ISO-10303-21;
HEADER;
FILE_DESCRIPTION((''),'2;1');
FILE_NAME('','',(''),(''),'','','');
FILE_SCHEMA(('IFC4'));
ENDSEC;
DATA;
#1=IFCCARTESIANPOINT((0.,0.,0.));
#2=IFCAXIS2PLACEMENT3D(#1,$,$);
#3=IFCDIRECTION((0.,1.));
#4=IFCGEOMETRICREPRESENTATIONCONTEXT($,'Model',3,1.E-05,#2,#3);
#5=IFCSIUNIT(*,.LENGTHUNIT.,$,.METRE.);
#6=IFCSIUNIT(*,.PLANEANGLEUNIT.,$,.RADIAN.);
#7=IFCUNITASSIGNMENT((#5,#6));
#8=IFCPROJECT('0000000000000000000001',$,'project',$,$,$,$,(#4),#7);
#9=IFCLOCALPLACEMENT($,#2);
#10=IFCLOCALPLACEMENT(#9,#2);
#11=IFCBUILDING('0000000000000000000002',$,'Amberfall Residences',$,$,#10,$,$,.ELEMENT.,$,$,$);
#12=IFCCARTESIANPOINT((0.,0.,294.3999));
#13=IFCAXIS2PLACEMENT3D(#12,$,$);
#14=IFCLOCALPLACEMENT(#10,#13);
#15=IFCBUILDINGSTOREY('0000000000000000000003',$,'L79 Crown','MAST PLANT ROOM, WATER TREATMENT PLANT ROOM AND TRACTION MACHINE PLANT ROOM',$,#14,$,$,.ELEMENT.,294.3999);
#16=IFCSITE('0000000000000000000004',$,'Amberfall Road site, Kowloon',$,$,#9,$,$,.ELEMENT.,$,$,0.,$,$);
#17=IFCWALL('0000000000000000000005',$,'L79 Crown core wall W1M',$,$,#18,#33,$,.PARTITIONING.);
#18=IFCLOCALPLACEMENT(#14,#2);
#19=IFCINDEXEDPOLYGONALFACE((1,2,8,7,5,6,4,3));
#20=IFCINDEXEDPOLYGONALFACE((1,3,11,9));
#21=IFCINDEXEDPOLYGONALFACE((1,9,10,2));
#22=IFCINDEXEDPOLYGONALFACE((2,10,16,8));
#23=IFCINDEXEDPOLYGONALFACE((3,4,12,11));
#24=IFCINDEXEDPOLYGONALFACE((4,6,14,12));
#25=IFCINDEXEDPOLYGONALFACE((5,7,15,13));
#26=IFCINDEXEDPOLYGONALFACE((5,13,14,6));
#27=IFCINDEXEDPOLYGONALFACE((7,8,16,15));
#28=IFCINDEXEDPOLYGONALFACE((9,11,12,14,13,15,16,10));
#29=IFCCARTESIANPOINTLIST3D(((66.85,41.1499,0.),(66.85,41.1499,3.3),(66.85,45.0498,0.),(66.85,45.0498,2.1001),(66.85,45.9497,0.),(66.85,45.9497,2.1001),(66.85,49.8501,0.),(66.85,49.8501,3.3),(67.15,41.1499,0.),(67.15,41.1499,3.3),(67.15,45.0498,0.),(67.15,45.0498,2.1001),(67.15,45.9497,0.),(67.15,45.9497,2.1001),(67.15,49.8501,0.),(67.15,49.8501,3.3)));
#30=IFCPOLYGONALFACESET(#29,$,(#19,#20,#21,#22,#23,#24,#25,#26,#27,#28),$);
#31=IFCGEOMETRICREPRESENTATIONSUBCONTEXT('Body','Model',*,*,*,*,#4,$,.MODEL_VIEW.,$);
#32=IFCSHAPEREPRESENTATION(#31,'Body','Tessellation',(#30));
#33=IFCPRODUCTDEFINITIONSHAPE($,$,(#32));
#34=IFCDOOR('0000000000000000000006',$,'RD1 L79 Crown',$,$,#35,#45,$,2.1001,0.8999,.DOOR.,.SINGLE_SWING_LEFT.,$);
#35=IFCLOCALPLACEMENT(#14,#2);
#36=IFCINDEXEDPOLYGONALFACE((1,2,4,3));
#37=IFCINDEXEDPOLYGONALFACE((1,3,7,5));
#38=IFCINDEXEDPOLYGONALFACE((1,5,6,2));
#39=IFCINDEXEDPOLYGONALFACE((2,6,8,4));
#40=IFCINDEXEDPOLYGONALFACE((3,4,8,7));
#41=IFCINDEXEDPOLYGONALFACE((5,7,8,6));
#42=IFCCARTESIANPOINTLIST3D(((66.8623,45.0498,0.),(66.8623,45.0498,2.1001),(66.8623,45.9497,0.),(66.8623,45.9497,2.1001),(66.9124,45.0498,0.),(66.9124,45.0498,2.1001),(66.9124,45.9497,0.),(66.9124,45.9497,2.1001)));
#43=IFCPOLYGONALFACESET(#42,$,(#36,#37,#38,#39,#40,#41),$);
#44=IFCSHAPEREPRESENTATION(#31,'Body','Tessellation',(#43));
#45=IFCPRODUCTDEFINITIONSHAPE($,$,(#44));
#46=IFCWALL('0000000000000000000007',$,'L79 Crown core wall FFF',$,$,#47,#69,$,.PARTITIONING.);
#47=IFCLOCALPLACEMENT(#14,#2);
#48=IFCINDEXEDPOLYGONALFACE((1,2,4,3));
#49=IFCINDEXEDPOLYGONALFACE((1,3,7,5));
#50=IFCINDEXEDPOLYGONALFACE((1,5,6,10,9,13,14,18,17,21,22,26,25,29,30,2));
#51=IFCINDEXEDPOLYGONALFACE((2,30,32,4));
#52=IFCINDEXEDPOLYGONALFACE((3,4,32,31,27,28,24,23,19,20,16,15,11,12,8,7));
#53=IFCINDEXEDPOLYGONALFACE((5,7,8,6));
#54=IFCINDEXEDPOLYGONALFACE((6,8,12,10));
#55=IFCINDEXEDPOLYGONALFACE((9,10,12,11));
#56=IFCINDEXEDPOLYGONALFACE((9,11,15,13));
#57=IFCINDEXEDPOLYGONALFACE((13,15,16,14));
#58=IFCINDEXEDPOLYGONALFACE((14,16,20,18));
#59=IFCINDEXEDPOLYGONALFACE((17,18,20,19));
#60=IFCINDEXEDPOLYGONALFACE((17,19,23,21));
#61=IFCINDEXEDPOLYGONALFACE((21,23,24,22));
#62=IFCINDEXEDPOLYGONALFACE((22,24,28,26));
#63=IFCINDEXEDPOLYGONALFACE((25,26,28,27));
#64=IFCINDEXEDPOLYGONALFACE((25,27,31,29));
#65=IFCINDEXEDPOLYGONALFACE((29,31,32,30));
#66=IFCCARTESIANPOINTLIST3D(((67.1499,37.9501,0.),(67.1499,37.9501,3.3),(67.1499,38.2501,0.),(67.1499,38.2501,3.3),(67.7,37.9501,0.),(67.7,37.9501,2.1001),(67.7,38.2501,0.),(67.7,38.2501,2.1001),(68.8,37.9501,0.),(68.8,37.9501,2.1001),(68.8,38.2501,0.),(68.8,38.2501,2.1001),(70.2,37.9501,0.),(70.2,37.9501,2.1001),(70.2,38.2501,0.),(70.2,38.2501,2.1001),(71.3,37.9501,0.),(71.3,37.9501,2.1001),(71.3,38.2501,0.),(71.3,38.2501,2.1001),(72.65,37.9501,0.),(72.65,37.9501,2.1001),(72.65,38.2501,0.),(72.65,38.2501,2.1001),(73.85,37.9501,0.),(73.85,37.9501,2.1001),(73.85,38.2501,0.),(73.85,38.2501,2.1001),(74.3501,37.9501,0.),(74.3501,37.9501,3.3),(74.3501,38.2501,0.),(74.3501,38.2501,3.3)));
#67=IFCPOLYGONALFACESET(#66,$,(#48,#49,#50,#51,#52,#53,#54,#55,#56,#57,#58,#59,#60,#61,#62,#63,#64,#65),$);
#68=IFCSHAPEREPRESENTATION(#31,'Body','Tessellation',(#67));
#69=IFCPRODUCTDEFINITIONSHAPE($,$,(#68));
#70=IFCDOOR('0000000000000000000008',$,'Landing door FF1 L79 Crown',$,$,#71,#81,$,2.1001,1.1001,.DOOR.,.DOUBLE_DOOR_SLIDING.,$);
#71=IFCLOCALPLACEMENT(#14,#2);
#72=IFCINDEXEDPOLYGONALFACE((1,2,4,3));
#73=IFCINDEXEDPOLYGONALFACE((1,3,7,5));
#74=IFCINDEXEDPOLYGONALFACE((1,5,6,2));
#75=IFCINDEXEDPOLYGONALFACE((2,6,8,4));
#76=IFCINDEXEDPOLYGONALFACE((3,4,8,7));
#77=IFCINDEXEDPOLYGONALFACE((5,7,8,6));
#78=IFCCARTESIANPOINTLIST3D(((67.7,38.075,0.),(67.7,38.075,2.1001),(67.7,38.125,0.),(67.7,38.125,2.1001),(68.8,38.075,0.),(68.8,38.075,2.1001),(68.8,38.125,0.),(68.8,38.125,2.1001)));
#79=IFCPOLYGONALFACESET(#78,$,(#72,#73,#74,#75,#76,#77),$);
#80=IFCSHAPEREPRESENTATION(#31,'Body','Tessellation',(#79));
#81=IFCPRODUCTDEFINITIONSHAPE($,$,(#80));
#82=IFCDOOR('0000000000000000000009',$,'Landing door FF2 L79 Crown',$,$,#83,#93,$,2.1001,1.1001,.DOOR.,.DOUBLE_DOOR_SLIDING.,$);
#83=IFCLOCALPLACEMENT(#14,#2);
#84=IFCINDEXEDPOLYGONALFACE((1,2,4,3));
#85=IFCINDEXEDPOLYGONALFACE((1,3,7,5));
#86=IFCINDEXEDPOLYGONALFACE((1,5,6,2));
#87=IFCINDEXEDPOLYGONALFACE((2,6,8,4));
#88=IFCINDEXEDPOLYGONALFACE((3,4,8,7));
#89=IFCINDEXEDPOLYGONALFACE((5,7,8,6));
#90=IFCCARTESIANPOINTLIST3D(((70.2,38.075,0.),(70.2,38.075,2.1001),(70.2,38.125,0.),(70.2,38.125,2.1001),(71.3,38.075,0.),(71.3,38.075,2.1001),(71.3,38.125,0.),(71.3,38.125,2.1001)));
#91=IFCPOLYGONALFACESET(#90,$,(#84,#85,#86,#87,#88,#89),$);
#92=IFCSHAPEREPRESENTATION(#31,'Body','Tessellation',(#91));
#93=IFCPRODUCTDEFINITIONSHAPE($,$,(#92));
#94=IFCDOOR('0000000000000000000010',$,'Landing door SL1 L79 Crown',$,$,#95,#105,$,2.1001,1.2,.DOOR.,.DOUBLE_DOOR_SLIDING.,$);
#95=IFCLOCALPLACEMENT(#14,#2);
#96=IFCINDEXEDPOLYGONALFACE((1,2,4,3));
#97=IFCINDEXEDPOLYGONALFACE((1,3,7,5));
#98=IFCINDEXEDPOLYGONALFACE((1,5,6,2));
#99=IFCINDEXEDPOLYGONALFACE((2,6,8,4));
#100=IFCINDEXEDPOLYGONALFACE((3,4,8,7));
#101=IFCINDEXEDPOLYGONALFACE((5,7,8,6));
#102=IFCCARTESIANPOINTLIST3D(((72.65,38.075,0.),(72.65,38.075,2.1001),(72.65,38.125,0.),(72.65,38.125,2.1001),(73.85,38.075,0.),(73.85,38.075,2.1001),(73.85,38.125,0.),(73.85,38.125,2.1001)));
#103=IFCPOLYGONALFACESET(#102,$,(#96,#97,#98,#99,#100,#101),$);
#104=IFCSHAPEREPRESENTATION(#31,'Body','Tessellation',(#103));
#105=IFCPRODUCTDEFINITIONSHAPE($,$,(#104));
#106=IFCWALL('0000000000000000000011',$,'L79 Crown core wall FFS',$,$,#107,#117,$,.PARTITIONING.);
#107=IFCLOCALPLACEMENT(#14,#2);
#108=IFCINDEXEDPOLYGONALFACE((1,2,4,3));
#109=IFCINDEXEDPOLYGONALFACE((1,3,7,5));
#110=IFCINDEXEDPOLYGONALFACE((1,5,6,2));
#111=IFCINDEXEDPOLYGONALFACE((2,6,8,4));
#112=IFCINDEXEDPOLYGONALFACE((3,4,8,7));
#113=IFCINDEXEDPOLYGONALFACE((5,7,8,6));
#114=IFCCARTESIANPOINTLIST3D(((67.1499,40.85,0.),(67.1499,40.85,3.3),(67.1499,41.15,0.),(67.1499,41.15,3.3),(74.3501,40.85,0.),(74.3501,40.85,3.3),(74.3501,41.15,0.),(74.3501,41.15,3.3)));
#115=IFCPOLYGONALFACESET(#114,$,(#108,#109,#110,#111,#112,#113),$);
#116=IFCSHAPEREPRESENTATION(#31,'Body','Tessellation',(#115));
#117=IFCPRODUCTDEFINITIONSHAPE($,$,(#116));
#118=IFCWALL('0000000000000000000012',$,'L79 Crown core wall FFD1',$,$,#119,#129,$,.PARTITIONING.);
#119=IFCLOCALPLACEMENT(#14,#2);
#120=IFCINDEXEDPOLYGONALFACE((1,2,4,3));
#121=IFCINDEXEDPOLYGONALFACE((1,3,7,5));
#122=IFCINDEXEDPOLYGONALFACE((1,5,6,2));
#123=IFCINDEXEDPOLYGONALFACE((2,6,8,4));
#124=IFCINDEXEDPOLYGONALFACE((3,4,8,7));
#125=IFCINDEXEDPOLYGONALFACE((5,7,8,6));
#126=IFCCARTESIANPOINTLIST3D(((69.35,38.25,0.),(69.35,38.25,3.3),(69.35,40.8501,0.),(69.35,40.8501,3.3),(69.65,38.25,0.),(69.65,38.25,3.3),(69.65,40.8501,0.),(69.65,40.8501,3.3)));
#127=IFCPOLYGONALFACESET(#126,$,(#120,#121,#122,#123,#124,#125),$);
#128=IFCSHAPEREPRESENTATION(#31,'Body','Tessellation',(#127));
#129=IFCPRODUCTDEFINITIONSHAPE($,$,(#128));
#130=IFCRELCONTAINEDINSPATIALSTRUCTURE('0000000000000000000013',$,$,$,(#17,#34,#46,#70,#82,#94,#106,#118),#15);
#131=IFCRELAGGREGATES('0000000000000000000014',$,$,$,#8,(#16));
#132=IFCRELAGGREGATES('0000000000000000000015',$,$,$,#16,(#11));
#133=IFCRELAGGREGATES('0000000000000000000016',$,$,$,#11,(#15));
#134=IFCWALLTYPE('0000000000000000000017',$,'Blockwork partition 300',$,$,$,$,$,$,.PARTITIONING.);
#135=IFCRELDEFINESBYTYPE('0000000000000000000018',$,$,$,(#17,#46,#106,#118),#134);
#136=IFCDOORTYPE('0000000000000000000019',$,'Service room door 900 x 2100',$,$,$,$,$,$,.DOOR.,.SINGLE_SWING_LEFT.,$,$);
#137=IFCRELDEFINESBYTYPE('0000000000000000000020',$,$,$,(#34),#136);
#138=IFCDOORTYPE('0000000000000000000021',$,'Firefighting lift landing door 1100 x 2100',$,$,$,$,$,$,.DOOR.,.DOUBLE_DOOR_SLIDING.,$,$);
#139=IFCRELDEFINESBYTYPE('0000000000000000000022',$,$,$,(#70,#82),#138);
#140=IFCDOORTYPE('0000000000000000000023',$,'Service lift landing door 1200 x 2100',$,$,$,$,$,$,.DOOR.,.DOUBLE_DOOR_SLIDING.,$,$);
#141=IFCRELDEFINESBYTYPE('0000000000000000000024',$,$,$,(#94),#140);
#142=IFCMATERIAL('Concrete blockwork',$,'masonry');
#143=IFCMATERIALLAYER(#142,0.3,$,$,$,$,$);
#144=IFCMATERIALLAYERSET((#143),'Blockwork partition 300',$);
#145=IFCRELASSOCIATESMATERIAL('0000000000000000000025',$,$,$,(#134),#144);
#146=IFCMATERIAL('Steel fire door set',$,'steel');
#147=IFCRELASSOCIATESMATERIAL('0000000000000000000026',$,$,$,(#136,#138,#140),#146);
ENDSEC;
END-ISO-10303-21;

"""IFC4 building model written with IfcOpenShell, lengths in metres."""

from ifc_helpers import new_model, si_unit, direction, frame, frame_2d, origin, place, context, subcontext, project, spatial, rectangle, extrude, material, layer, layer_set, type_object, element, fill, save


model = new_model("IFC4")

# Units and contexts
model_context = context("Model", 3, precision=1e-05, world=origin(), true_north=direction((0.0, 1.0)))
body_context = subcontext(model_context, "Body", "Model", "MODEL_VIEW")
ifc_project = project(units=[si_unit("LENGTHUNIT", "METRE"), si_unit("PLANEANGLEUNIT", "RADIAN")], contexts=[model_context])

# Site, building, storey
site_placement = place(None, origin())
site = spatial("IfcSite", under=ifc_project, at=site_placement, Name="Amberfall Road site, Kowloon", CompositionType="ELEMENT", RefElevation=0.0)
building_placement = place(site_placement, origin())
building = spatial("IfcBuilding", under=site, at=building_placement, Name="Amberfall Residences", CompositionType="ELEMENT")
storey_placement = place(building_placement, frame((0.0, 0.0, 294.3999)))
storey = spatial("IfcBuildingStorey", under=building, at=storey_placement, Name="L79 Crown", Description="MAST PLANT ROOM, WATER TREATMENT PLANT ROOM AND TRACTION MACHINE PLANT ROOM", CompositionType="ELEMENT", Elevation=294.3999)

# Wall, opening, door
ifc_material_1 = material(Name="Concrete blockwork", Category="masonry")
ifc_layer_1 = layer(ifc_material_1, 0.3)
ifc_layer_set_1 = layer_set([ifc_layer_1], Name="Blockwork partition 300")
wall_type_1 = type_object("IfcWallType", Name="Blockwork partition 300", PredefinedType="PARTITIONING", material=ifc_layer_set_1)
wall_1_placement = place(storey_placement, frame((67.0, 41.1499, 0.0), z_axis=(0.0, 0.0, 1.0), x_axis=(0.0, 1.0, 0.0)))
wall_1 = element("IfcWall", 1, at=wall_1_placement, inside=storey, type_object=wall_type_1, Name="L79 Crown core wall W1M", PredefinedType="PARTITIONING", context=body_context, shape_type="SweptSolid", body=[
    extrude(rectangle(XDim=8.7002, YDim=0.3, at=frame_2d((4.3501, 0.0))), origin(), (0.0, 0.0, 1.0), 3.3),
])
opening_1_placement = place(wall_1_placement, frame((3.8999, 0.0, 0.0)))
opening_1 = element("IfcOpeningElement", 2, at=opening_1_placement, cuts=wall_1, PredefinedType="OPENING", context=body_context, shape_type="SweptSolid", body=[
    extrude(rectangle(XDim=0.8999, YDim=2.1001, at=frame_2d((0.45, 1.05))), frame((0.0, 0.1599, 0.0), z_axis=(0.0, -1.0, 0.0), x_axis=(1.0, 0.0, 0.0)), (0.0, 0.0, 1.0), 0.3201),
])
ifc_material_2 = material(Name="Steel fire door set", Category="steel")
door_type_1 = type_object("IfcDoorType", Name="Service room door 900 x 2100", OperationType="SINGLE_SWING_LEFT", PredefinedType="DOOR", material=ifc_material_2)
door_1_placement = place(opening_1_placement, origin())
door_1 = element("IfcDoor", 3, at=door_1_placement, inside=storey, type_object=door_type_1, Name="RD1 L79 Crown", OperationType="SINGLE_SWING_LEFT", OverallHeight=2.1001, OverallWidth=0.8999, PredefinedType="DOOR", context=body_context, shape_type="SweptSolid", body=[
    extrude(rectangle(XDim=0.8999, YDim=2.1001, at=frame_2d((0.45, 1.05))), frame((0.0, 0.1377, 0.0), z_axis=(0.0, -1.0, 0.0), x_axis=(1.0, 0.0, 0.0)), (0.0, 0.0, 1.0), 0.05),
])
fill(opening_1, door_1)

# Wall, openings, doors
wall_2_placement = place(storey_placement, frame((67.1499, 38.1001, 0.0), z_axis=(0.0, 0.0, 1.0), x_axis=(1.0, 0.0, 0.0)))
wall_2 = element("IfcWall", 4, at=wall_2_placement, inside=storey, type_object=wall_type_1, Name="L79 Crown core wall FFF", PredefinedType="PARTITIONING", context=body_context, shape_type="SweptSolid", body=[
    extrude(rectangle(XDim=7.2002, YDim=0.3, at=frame_2d((3.6001, 0.0))), origin(), (0.0, 0.0, 1.0), 3.3),
])
opening_2_placement = place(wall_2_placement, frame((0.55, 0.0, 0.0)))
opening_2 = element("IfcOpeningElement", 5, at=opening_2_placement, cuts=wall_2, PredefinedType="OPENING", context=body_context, shape_type="SweptSolid", body=[
    extrude(rectangle(XDim=1.1001, YDim=2.1001, at=frame_2d((0.55, 1.05))), frame((0.0, 0.1599, 0.0), z_axis=(0.0, -1.0, 0.0), x_axis=(1.0, 0.0, 0.0)), (0.0, 0.0, 1.0), 0.3201),
])
opening_3_placement = place(wall_2_placement, frame((3.05, 0.0, 0.0)))
opening_3 = element("IfcOpeningElement", 6, at=opening_3_placement, cuts=wall_2, PredefinedType="OPENING", context=body_context, shape_type="SweptSolid", body=[
    extrude(rectangle(XDim=1.1001, YDim=2.1001, at=frame_2d((0.55, 1.05))), frame((0.0, 0.1599, 0.0), z_axis=(0.0, -1.0, 0.0), x_axis=(1.0, 0.0, 0.0)), (0.0, 0.0, 1.0), 0.3201),
])
opening_4_placement = place(wall_2_placement, frame((5.5, 0.0, 0.0)))
opening_4 = element("IfcOpeningElement", 7, at=opening_4_placement, cuts=wall_2, PredefinedType="OPENING", context=body_context, shape_type="SweptSolid", body=[
    extrude(rectangle(XDim=1.2, YDim=2.1001, at=frame_2d((0.6001, 1.05))), frame((0.0, 0.1599, 0.0), z_axis=(0.0, -1.0, 0.0), x_axis=(1.0, 0.0, 0.0)), (0.0, 0.0, 1.0), 0.3201),
])
door_type_2 = type_object("IfcDoorType", Name="Firefighting lift landing door 1100 x 2100", OperationType="DOUBLE_DOOR_SLIDING", PredefinedType="DOOR", material=ifc_material_2)
door_2_placement = place(opening_2_placement, origin())
door_2 = element("IfcDoor", 8, at=door_2_placement, inside=storey, type_object=door_type_2, Name="Landing door FF1 L79 Crown", OperationType="DOUBLE_DOOR_SLIDING", OverallHeight=2.1001, OverallWidth=1.1001, PredefinedType="DOOR", context=body_context, shape_type="SweptSolid", body=[
    extrude(rectangle(XDim=1.1001, YDim=2.1001, at=frame_2d((0.55, 1.05))), frame((0.0, 0.0249, 0.0), z_axis=(0.0, -1.0, 0.0), x_axis=(1.0, 0.0, 0.0)), (0.0, 0.0, 1.0), 0.05),
])
fill(opening_2, door_2)
door_3_placement = place(opening_3_placement, origin())
door_3 = element("IfcDoor", 9, at=door_3_placement, inside=storey, type_object=door_type_2, Name="Landing door FF2 L79 Crown", OperationType="DOUBLE_DOOR_SLIDING", OverallHeight=2.1001, OverallWidth=1.1001, PredefinedType="DOOR", context=body_context, shape_type="SweptSolid", body=[
    extrude(rectangle(XDim=1.1001, YDim=2.1001, at=frame_2d((0.55, 1.05))), frame((0.0, 0.0249, 0.0), z_axis=(0.0, -1.0, 0.0), x_axis=(1.0, 0.0, 0.0)), (0.0, 0.0, 1.0), 0.05),
])
fill(opening_3, door_3)
door_type_3 = type_object("IfcDoorType", Name="Service lift landing door 1200 x 2100", OperationType="DOUBLE_DOOR_SLIDING", PredefinedType="DOOR", material=ifc_material_2)
door_4_placement = place(opening_4_placement, origin())
door_4 = element("IfcDoor", 10, at=door_4_placement, inside=storey, type_object=door_type_3, Name="Landing door SL1 L79 Crown", OperationType="DOUBLE_DOOR_SLIDING", OverallHeight=2.1001, OverallWidth=1.2, PredefinedType="DOOR", context=body_context, shape_type="SweptSolid", body=[
    extrude(rectangle(XDim=1.2, YDim=2.1001, at=frame_2d((0.6001, 1.05))), frame((0.0, 0.0249, 0.0), z_axis=(0.0, -1.0, 0.0), x_axis=(1.0, 0.0, 0.0)), (0.0, 0.0, 1.0), 0.05),
])
fill(opening_4, door_4)

# Walls
wall_3_placement = place(storey_placement, frame((67.1499, 41.0, 0.0), z_axis=(0.0, 0.0, 1.0), x_axis=(1.0, 0.0, 0.0)))
element("IfcWall", 11, at=wall_3_placement, inside=storey, type_object=wall_type_1, Name="L79 Crown core wall FFS", PredefinedType="PARTITIONING", context=body_context, shape_type="SweptSolid", body=[
    extrude(rectangle(XDim=7.2002, YDim=0.3, at=frame_2d((3.6001, 0.0))), origin(), (0.0, 0.0, 1.0), 3.3),
])
wall_4_placement = place(storey_placement, frame((69.5, 38.25, 0.0), z_axis=(0.0, 0.0, 1.0), x_axis=(0.0, 1.0, 0.0)))
element("IfcWall", 12, at=wall_4_placement, inside=storey, type_object=wall_type_1, Name="L79 Crown core wall FFD1", PredefinedType="PARTITIONING", context=body_context, shape_type="SweptSolid", body=[
    extrude(rectangle(XDim=2.6001, YDim=0.3, at=frame_2d((1.3, 0.0))), origin(), (0.0, 0.0, 1.0), 3.3),
])

save(model, "model.ifc")
